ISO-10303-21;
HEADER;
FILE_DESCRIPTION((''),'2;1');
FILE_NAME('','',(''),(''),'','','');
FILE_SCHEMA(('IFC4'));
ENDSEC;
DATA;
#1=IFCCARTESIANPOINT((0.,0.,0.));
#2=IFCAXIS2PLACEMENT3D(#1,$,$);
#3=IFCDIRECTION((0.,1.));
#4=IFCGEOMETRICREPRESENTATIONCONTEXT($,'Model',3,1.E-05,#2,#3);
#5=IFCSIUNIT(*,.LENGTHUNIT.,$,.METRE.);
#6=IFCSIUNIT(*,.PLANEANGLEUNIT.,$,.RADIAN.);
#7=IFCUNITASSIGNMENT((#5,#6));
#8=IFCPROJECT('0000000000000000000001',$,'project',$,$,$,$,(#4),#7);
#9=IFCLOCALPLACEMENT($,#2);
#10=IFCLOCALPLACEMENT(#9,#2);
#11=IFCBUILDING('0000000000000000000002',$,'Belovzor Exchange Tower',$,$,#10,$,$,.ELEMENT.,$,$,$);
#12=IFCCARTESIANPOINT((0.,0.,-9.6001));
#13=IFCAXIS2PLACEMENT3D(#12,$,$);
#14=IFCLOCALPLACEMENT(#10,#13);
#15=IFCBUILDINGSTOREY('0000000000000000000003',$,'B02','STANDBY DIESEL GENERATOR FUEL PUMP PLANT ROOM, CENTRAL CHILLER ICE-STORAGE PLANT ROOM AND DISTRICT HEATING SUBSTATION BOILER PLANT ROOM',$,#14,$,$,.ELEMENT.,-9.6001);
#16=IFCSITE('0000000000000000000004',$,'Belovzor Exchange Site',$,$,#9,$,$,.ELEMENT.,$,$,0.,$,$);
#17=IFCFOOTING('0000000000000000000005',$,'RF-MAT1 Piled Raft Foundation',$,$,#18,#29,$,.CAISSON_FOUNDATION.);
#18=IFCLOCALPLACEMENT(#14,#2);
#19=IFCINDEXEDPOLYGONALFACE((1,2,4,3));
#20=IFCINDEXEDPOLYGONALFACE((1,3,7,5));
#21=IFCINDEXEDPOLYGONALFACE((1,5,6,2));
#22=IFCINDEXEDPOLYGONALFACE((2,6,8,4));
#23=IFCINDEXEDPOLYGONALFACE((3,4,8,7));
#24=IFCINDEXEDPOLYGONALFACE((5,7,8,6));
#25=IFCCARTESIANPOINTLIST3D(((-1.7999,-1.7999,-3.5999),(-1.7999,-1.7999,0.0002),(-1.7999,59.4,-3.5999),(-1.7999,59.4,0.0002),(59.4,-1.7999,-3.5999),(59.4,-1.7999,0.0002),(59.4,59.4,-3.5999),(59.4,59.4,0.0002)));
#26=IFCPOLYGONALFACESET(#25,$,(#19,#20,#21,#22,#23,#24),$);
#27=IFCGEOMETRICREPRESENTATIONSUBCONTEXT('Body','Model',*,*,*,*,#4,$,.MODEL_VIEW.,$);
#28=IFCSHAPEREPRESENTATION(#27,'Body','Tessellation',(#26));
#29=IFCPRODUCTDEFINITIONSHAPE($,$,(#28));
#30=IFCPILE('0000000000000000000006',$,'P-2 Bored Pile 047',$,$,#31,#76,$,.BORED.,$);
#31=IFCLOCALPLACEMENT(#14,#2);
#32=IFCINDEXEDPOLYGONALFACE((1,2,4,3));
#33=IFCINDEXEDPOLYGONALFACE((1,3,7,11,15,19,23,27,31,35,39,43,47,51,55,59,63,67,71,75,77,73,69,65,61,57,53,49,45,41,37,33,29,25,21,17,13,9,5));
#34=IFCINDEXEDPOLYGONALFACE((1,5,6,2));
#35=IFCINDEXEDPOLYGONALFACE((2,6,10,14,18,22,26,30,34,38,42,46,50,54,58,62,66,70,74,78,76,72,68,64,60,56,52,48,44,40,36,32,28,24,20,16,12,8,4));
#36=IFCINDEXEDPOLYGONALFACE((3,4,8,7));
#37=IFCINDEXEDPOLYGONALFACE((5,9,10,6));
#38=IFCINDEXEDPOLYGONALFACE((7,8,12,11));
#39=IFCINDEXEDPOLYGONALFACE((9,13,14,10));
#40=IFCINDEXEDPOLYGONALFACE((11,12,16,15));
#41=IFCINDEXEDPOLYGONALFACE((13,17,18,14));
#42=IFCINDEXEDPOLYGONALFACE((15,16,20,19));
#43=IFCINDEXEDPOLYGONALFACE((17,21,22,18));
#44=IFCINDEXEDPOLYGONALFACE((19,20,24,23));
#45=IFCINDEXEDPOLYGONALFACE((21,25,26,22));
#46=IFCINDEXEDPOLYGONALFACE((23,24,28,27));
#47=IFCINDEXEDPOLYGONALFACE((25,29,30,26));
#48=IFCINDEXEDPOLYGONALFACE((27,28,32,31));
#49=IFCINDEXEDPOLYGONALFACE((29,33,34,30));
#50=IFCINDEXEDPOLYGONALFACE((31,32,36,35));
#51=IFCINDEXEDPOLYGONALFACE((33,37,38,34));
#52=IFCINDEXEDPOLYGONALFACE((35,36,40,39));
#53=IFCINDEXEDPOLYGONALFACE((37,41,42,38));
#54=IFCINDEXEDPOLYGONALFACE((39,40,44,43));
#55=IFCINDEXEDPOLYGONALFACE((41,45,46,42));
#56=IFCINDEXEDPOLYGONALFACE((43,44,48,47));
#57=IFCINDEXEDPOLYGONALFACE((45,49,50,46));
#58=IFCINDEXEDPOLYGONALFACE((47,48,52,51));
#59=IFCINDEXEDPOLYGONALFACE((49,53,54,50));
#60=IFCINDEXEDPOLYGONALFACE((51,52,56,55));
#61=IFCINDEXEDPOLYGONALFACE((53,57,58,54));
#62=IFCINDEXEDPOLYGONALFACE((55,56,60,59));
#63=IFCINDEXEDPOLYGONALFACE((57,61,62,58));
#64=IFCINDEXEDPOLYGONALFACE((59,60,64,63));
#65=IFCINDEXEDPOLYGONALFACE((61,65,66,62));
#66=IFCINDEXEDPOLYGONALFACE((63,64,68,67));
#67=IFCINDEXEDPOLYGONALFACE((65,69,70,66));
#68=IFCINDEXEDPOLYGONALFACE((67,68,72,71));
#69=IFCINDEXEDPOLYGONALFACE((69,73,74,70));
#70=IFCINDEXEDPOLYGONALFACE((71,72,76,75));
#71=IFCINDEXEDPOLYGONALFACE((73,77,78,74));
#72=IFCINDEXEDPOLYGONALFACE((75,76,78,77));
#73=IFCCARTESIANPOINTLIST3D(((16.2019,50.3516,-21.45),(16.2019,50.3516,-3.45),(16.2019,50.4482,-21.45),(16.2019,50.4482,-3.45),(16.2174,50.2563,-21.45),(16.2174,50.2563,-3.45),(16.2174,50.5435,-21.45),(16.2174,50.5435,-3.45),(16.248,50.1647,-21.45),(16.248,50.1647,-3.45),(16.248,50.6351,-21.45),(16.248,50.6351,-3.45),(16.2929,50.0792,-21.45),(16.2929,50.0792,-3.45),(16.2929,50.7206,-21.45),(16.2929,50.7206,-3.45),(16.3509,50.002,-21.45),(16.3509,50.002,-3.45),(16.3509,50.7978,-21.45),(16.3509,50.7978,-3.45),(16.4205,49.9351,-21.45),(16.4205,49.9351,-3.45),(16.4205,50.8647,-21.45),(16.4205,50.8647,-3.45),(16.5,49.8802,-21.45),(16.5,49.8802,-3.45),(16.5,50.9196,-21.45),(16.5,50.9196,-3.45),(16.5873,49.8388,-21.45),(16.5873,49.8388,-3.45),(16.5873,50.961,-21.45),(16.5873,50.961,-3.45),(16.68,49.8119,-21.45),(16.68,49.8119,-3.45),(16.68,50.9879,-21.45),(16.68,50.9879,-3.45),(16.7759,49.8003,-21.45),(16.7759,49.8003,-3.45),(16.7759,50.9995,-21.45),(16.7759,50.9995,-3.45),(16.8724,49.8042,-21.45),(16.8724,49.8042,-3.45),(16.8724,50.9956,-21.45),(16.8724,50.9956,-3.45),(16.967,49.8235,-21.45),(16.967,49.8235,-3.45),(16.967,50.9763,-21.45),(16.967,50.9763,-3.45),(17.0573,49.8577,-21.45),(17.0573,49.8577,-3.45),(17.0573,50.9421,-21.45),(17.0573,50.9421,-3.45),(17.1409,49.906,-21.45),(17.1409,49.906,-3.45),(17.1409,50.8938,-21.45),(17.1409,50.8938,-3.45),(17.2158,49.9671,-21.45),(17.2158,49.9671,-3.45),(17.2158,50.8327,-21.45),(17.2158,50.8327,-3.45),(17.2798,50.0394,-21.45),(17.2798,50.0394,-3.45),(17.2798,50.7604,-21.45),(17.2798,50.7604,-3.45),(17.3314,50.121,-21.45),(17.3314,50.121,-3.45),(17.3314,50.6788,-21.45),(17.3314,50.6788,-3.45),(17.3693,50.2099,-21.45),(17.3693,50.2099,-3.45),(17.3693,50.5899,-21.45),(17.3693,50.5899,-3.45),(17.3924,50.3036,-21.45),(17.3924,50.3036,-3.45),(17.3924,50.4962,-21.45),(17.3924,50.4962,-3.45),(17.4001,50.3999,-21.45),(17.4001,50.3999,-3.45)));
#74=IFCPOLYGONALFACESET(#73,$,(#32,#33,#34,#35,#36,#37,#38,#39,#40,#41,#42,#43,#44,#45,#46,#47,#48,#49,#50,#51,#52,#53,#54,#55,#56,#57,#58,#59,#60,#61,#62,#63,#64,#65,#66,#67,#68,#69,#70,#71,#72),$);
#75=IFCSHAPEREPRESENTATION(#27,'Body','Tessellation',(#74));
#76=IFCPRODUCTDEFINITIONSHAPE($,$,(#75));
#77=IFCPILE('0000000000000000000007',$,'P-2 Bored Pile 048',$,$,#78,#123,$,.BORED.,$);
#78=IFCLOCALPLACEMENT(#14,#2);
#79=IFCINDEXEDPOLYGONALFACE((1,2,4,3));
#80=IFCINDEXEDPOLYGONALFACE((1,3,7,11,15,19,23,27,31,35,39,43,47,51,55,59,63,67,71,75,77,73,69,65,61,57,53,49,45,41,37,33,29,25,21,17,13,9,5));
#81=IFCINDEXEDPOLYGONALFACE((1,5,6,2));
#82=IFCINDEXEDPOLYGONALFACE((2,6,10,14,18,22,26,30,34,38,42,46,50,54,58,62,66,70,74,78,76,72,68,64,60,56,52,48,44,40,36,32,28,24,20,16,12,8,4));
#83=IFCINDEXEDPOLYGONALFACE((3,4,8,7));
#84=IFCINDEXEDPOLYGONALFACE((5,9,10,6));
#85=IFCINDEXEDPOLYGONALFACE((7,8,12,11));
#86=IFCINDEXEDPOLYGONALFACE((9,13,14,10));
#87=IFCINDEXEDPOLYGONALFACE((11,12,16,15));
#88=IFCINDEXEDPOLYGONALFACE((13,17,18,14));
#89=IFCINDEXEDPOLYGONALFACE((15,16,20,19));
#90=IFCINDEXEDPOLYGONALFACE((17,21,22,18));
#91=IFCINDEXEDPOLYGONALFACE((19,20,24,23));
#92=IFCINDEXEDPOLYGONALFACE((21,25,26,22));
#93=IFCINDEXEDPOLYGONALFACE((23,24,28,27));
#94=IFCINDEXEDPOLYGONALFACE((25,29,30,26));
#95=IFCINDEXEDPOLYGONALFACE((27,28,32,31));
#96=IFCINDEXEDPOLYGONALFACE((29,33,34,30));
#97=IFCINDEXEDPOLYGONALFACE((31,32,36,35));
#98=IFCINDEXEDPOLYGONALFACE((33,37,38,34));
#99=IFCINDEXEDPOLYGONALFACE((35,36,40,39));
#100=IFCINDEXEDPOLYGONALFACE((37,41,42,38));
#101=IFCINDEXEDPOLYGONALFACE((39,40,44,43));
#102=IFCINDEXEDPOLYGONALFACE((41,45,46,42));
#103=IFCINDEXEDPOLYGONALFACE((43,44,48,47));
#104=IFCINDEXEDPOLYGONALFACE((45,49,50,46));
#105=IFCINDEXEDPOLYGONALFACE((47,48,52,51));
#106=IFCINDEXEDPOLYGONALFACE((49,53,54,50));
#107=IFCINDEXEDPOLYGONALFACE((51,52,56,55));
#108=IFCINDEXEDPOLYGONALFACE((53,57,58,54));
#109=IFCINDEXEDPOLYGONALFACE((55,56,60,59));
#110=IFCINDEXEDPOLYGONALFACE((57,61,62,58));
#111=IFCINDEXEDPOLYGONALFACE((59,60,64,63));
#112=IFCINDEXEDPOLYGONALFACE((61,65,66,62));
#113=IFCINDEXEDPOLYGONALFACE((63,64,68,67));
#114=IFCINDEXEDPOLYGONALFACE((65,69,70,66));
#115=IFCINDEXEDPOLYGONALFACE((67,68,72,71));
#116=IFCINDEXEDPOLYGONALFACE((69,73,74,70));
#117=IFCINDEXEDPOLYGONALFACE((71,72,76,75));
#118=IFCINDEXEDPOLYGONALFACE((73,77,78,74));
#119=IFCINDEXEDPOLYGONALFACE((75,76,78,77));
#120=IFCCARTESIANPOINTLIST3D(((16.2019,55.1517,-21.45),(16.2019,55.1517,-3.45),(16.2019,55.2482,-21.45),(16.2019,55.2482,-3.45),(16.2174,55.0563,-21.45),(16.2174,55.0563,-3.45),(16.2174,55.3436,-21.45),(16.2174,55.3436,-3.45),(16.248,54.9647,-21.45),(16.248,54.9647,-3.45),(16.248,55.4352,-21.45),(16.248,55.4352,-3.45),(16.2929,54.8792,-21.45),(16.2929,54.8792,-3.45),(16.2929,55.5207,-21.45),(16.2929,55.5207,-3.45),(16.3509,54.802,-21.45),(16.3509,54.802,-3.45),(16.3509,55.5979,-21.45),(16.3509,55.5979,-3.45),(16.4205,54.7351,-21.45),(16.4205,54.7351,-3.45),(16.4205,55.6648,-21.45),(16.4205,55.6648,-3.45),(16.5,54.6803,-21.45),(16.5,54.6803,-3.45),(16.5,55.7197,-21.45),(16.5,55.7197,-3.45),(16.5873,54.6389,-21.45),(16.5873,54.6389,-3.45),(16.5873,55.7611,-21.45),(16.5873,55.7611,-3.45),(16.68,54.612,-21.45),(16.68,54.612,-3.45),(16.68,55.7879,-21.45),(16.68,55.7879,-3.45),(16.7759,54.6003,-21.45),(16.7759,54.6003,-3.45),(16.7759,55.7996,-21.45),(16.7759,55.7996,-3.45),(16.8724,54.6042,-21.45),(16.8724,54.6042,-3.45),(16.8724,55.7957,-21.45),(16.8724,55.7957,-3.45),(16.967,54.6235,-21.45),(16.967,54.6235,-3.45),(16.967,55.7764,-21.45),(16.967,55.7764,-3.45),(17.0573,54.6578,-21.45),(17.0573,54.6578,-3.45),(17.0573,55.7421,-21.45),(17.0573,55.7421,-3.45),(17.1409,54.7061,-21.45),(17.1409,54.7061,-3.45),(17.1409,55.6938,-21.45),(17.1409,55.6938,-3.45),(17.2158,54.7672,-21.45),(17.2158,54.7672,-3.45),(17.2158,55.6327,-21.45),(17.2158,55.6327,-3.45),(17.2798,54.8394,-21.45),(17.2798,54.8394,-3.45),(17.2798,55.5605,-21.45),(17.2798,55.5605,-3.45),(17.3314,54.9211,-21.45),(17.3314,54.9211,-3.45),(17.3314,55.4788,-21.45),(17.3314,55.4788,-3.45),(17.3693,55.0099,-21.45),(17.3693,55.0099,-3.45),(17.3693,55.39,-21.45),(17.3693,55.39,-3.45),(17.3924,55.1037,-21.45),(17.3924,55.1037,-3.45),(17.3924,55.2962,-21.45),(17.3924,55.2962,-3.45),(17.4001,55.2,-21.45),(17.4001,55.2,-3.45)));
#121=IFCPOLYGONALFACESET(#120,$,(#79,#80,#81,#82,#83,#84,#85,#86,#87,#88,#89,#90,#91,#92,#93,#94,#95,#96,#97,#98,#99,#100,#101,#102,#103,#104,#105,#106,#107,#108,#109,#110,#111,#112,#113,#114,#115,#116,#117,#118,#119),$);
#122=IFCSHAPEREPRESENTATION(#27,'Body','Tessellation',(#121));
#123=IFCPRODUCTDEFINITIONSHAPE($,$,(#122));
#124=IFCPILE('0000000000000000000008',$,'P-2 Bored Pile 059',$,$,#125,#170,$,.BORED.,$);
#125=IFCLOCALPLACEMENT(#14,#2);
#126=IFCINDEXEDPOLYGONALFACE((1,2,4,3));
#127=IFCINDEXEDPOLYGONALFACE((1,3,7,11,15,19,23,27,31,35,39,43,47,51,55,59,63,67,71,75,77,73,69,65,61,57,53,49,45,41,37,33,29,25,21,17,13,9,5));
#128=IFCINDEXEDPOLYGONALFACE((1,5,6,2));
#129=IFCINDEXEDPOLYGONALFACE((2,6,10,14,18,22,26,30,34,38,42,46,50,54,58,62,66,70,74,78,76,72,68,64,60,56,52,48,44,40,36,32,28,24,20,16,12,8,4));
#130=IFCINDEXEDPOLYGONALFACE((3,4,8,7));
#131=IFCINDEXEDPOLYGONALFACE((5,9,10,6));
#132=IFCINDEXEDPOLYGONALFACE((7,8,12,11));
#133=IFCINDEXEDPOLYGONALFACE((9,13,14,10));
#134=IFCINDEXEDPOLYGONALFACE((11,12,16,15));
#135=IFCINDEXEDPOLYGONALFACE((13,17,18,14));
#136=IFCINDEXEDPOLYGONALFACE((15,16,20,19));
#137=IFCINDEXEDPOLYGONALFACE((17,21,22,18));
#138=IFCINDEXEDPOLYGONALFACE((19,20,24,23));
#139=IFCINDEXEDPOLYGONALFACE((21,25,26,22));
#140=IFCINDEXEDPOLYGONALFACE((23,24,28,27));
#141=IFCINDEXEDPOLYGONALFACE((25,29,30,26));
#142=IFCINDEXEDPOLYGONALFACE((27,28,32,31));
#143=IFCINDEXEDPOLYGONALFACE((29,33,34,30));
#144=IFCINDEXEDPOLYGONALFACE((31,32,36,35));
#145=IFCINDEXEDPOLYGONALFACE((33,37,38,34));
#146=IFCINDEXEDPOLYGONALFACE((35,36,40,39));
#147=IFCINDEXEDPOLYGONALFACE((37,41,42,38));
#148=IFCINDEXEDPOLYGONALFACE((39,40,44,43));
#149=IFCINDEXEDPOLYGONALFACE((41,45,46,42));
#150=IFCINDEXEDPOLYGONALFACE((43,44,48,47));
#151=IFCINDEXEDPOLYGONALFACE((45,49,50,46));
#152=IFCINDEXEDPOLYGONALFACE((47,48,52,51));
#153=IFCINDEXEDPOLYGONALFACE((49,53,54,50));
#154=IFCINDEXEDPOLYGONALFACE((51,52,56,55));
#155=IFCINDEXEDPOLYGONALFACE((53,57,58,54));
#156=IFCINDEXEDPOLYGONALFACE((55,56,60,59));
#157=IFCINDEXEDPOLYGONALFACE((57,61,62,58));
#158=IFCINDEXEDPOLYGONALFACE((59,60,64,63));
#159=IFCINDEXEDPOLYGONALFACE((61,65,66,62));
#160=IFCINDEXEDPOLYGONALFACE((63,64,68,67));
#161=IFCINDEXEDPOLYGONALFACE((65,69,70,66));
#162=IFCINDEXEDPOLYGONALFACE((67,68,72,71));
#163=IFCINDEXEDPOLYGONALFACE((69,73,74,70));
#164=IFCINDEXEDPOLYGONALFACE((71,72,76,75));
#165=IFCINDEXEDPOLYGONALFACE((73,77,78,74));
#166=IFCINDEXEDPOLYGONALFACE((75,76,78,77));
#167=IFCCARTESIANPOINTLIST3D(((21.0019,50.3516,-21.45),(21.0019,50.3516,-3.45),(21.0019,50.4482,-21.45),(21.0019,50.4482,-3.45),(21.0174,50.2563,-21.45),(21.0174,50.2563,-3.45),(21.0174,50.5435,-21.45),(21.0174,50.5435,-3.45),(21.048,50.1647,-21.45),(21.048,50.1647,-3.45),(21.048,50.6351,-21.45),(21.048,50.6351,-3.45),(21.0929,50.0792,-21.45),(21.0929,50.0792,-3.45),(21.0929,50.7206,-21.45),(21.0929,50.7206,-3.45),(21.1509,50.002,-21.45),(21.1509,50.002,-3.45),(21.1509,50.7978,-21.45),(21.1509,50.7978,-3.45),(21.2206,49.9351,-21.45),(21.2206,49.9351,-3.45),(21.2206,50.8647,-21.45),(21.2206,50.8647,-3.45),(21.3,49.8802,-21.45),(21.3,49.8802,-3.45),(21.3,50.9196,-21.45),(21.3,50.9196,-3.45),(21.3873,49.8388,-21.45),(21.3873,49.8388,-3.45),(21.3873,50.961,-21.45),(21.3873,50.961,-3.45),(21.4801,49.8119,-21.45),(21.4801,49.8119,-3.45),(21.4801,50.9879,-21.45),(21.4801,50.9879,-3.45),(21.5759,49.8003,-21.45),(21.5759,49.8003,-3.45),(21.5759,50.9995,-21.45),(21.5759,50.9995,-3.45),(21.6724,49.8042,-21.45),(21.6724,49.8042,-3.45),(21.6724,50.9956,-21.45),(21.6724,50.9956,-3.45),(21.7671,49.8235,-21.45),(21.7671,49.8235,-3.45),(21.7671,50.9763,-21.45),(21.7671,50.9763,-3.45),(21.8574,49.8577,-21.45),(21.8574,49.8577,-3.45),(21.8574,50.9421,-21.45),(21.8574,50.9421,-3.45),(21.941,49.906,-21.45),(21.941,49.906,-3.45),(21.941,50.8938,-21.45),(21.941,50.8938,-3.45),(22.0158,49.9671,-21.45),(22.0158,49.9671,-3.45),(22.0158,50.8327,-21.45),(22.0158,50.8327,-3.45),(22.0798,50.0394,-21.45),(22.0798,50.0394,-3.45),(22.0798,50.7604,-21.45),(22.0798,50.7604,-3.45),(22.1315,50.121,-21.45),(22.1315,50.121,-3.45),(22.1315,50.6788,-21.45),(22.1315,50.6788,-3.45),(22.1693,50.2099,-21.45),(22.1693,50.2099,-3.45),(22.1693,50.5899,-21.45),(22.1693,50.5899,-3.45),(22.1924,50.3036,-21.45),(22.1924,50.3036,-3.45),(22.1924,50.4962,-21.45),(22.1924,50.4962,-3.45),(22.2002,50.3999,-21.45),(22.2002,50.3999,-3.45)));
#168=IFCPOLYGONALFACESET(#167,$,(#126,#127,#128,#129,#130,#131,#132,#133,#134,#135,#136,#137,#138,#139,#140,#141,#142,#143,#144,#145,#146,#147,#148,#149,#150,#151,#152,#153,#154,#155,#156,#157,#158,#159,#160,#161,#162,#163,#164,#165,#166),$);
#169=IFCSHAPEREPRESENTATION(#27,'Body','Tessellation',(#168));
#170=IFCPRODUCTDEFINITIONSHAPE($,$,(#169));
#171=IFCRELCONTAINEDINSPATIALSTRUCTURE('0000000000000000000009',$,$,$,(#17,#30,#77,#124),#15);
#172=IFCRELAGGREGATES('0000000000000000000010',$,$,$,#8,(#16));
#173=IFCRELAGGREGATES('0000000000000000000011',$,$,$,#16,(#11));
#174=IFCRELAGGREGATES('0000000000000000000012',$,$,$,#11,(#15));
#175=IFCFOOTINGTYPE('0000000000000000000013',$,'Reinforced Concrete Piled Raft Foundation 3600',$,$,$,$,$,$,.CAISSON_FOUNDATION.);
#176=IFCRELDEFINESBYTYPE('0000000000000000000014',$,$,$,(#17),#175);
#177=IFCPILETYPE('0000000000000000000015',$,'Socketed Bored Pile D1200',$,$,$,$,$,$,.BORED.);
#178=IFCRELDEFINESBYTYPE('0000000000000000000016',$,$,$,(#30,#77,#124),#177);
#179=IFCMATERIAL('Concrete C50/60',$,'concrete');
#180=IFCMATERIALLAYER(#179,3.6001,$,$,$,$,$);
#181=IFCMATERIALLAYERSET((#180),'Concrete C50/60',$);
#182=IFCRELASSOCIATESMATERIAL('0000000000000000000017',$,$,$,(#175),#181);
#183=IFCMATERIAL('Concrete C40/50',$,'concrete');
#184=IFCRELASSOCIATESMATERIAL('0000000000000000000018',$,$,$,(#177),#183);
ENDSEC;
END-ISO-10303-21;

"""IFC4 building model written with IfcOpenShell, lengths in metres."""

from ifc_helpers import new_model, si_unit, direction, frame, origin, origin_2d, place, context, subcontext, project, spatial, rectangle, circle, extrude, material, layer, layer_set, material_profile, profile_set, type_object, element, save


model = new_model("IFC4")

# Units and contexts
model_context = context("Model", 3, precision=1e-05, world=origin(), true_north=direction((0.0, 1.0)))
body_context = subcontext(model_context, "Body", "Model", "MODEL_VIEW")
ifc_project = project(units=[si_unit("LENGTHUNIT", "METRE"), si_unit("PLANEANGLEUNIT", "RADIAN")], contexts=[model_context])

# Site, building, storey
site_placement = place(None, origin())
site = spatial("IfcSite", under=ifc_project, at=site_placement, Name="Belovzor Exchange Site", CompositionType="ELEMENT", RefElevation=0.0)
building_placement = place(site_placement, origin())
building = spatial("IfcBuilding", under=site, at=building_placement, Name="Belovzor Exchange Tower", CompositionType="ELEMENT")
storey_placement = place(building_placement, frame((0.0, 0.0, -9.6001)))
storey = spatial("IfcBuildingStorey", under=building, at=storey_placement, Name="B02", Description="STANDBY DIESEL GENERATOR FUEL PUMP PLANT ROOM, CENTRAL CHILLER ICE-STORAGE PLANT ROOM AND DISTRICT HEATING SUBSTATION BOILER PLANT ROOM", CompositionType="ELEMENT", Elevation=-9.6001)

# Footing
ifc_material_1 = material(Name="Concrete C50/60", Category="concrete")
ifc_layer_1 = layer(ifc_material_1, 3.6001)
ifc_layer_set_1 = layer_set([ifc_layer_1], Name="Concrete C50/60")
footing_type = type_object("IfcFootingType", Name="Reinforced Concrete Piled Raft Foundation 3600", PredefinedType="CAISSON_FOUNDATION", material=ifc_layer_set_1)
footing_placement = place(storey_placement, frame((28.8, 28.8, -3.5999), z_axis=(0.0, 0.0, 1.0), x_axis=(1.0, 0.0, 0.0)))
element("IfcFooting", 1, at=footing_placement, inside=storey, type_object=footing_type, Name="RF-MAT1 Piled Raft Foundation", PredefinedType="CAISSON_FOUNDATION", context=body_context, shape_type="SweptSolid", body=[
    extrude(rectangle(XDim=61.2, YDim=61.2, at=origin_2d()), origin(), (0.0, 0.0, 1.0), 3.6001),
])

# Piles
ifc_material_2 = material(Name="Concrete C40/50", Category="concrete")
ifc_material_profile_1 = material_profile(ifc_material_2, circle(Radius=0.6001, at=origin_2d()))
ifc_profile_set_1 = profile_set([ifc_material_profile_1], Name="Concrete C40/50")
pile_type_1 = type_object("IfcPileType", Name="Socketed Bored Pile D1200", PredefinedType="BORED", material=ifc_profile_set_1)
for number, where, z_axis, x_axis, name in (
    (2, (16.8, 50.3999, -3.45), (0.0, 0.0, -1.0), (1.0, 0.0, 0.0), "P-2 Bored Pile 047"),
    (3, (16.8, 55.2, -3.45), (0.0, 0.0, -1.0), (1.0, 0.0, 0.0), "P-2 Bored Pile 048"),
    (4, (21.6001, 50.3999, -3.45), (0.0, 0.0, -1.0), (1.0, 0.0, 0.0), "P-2 Bored Pile 059"),
):
    element("IfcPile", number, at=place(storey_placement, frame(where, z_axis=z_axis, x_axis=x_axis)), inside=storey, type_object=pile_type_1, Name=name, PredefinedType="BORED", context=body_context, shape_type="SweptSolid", body=[
        extrude(circle(Radius=0.6001, at=origin_2d()), origin(), (0.0, 0.0, 1.0), 18.0),
    ])

save(model, "model.ifc")
